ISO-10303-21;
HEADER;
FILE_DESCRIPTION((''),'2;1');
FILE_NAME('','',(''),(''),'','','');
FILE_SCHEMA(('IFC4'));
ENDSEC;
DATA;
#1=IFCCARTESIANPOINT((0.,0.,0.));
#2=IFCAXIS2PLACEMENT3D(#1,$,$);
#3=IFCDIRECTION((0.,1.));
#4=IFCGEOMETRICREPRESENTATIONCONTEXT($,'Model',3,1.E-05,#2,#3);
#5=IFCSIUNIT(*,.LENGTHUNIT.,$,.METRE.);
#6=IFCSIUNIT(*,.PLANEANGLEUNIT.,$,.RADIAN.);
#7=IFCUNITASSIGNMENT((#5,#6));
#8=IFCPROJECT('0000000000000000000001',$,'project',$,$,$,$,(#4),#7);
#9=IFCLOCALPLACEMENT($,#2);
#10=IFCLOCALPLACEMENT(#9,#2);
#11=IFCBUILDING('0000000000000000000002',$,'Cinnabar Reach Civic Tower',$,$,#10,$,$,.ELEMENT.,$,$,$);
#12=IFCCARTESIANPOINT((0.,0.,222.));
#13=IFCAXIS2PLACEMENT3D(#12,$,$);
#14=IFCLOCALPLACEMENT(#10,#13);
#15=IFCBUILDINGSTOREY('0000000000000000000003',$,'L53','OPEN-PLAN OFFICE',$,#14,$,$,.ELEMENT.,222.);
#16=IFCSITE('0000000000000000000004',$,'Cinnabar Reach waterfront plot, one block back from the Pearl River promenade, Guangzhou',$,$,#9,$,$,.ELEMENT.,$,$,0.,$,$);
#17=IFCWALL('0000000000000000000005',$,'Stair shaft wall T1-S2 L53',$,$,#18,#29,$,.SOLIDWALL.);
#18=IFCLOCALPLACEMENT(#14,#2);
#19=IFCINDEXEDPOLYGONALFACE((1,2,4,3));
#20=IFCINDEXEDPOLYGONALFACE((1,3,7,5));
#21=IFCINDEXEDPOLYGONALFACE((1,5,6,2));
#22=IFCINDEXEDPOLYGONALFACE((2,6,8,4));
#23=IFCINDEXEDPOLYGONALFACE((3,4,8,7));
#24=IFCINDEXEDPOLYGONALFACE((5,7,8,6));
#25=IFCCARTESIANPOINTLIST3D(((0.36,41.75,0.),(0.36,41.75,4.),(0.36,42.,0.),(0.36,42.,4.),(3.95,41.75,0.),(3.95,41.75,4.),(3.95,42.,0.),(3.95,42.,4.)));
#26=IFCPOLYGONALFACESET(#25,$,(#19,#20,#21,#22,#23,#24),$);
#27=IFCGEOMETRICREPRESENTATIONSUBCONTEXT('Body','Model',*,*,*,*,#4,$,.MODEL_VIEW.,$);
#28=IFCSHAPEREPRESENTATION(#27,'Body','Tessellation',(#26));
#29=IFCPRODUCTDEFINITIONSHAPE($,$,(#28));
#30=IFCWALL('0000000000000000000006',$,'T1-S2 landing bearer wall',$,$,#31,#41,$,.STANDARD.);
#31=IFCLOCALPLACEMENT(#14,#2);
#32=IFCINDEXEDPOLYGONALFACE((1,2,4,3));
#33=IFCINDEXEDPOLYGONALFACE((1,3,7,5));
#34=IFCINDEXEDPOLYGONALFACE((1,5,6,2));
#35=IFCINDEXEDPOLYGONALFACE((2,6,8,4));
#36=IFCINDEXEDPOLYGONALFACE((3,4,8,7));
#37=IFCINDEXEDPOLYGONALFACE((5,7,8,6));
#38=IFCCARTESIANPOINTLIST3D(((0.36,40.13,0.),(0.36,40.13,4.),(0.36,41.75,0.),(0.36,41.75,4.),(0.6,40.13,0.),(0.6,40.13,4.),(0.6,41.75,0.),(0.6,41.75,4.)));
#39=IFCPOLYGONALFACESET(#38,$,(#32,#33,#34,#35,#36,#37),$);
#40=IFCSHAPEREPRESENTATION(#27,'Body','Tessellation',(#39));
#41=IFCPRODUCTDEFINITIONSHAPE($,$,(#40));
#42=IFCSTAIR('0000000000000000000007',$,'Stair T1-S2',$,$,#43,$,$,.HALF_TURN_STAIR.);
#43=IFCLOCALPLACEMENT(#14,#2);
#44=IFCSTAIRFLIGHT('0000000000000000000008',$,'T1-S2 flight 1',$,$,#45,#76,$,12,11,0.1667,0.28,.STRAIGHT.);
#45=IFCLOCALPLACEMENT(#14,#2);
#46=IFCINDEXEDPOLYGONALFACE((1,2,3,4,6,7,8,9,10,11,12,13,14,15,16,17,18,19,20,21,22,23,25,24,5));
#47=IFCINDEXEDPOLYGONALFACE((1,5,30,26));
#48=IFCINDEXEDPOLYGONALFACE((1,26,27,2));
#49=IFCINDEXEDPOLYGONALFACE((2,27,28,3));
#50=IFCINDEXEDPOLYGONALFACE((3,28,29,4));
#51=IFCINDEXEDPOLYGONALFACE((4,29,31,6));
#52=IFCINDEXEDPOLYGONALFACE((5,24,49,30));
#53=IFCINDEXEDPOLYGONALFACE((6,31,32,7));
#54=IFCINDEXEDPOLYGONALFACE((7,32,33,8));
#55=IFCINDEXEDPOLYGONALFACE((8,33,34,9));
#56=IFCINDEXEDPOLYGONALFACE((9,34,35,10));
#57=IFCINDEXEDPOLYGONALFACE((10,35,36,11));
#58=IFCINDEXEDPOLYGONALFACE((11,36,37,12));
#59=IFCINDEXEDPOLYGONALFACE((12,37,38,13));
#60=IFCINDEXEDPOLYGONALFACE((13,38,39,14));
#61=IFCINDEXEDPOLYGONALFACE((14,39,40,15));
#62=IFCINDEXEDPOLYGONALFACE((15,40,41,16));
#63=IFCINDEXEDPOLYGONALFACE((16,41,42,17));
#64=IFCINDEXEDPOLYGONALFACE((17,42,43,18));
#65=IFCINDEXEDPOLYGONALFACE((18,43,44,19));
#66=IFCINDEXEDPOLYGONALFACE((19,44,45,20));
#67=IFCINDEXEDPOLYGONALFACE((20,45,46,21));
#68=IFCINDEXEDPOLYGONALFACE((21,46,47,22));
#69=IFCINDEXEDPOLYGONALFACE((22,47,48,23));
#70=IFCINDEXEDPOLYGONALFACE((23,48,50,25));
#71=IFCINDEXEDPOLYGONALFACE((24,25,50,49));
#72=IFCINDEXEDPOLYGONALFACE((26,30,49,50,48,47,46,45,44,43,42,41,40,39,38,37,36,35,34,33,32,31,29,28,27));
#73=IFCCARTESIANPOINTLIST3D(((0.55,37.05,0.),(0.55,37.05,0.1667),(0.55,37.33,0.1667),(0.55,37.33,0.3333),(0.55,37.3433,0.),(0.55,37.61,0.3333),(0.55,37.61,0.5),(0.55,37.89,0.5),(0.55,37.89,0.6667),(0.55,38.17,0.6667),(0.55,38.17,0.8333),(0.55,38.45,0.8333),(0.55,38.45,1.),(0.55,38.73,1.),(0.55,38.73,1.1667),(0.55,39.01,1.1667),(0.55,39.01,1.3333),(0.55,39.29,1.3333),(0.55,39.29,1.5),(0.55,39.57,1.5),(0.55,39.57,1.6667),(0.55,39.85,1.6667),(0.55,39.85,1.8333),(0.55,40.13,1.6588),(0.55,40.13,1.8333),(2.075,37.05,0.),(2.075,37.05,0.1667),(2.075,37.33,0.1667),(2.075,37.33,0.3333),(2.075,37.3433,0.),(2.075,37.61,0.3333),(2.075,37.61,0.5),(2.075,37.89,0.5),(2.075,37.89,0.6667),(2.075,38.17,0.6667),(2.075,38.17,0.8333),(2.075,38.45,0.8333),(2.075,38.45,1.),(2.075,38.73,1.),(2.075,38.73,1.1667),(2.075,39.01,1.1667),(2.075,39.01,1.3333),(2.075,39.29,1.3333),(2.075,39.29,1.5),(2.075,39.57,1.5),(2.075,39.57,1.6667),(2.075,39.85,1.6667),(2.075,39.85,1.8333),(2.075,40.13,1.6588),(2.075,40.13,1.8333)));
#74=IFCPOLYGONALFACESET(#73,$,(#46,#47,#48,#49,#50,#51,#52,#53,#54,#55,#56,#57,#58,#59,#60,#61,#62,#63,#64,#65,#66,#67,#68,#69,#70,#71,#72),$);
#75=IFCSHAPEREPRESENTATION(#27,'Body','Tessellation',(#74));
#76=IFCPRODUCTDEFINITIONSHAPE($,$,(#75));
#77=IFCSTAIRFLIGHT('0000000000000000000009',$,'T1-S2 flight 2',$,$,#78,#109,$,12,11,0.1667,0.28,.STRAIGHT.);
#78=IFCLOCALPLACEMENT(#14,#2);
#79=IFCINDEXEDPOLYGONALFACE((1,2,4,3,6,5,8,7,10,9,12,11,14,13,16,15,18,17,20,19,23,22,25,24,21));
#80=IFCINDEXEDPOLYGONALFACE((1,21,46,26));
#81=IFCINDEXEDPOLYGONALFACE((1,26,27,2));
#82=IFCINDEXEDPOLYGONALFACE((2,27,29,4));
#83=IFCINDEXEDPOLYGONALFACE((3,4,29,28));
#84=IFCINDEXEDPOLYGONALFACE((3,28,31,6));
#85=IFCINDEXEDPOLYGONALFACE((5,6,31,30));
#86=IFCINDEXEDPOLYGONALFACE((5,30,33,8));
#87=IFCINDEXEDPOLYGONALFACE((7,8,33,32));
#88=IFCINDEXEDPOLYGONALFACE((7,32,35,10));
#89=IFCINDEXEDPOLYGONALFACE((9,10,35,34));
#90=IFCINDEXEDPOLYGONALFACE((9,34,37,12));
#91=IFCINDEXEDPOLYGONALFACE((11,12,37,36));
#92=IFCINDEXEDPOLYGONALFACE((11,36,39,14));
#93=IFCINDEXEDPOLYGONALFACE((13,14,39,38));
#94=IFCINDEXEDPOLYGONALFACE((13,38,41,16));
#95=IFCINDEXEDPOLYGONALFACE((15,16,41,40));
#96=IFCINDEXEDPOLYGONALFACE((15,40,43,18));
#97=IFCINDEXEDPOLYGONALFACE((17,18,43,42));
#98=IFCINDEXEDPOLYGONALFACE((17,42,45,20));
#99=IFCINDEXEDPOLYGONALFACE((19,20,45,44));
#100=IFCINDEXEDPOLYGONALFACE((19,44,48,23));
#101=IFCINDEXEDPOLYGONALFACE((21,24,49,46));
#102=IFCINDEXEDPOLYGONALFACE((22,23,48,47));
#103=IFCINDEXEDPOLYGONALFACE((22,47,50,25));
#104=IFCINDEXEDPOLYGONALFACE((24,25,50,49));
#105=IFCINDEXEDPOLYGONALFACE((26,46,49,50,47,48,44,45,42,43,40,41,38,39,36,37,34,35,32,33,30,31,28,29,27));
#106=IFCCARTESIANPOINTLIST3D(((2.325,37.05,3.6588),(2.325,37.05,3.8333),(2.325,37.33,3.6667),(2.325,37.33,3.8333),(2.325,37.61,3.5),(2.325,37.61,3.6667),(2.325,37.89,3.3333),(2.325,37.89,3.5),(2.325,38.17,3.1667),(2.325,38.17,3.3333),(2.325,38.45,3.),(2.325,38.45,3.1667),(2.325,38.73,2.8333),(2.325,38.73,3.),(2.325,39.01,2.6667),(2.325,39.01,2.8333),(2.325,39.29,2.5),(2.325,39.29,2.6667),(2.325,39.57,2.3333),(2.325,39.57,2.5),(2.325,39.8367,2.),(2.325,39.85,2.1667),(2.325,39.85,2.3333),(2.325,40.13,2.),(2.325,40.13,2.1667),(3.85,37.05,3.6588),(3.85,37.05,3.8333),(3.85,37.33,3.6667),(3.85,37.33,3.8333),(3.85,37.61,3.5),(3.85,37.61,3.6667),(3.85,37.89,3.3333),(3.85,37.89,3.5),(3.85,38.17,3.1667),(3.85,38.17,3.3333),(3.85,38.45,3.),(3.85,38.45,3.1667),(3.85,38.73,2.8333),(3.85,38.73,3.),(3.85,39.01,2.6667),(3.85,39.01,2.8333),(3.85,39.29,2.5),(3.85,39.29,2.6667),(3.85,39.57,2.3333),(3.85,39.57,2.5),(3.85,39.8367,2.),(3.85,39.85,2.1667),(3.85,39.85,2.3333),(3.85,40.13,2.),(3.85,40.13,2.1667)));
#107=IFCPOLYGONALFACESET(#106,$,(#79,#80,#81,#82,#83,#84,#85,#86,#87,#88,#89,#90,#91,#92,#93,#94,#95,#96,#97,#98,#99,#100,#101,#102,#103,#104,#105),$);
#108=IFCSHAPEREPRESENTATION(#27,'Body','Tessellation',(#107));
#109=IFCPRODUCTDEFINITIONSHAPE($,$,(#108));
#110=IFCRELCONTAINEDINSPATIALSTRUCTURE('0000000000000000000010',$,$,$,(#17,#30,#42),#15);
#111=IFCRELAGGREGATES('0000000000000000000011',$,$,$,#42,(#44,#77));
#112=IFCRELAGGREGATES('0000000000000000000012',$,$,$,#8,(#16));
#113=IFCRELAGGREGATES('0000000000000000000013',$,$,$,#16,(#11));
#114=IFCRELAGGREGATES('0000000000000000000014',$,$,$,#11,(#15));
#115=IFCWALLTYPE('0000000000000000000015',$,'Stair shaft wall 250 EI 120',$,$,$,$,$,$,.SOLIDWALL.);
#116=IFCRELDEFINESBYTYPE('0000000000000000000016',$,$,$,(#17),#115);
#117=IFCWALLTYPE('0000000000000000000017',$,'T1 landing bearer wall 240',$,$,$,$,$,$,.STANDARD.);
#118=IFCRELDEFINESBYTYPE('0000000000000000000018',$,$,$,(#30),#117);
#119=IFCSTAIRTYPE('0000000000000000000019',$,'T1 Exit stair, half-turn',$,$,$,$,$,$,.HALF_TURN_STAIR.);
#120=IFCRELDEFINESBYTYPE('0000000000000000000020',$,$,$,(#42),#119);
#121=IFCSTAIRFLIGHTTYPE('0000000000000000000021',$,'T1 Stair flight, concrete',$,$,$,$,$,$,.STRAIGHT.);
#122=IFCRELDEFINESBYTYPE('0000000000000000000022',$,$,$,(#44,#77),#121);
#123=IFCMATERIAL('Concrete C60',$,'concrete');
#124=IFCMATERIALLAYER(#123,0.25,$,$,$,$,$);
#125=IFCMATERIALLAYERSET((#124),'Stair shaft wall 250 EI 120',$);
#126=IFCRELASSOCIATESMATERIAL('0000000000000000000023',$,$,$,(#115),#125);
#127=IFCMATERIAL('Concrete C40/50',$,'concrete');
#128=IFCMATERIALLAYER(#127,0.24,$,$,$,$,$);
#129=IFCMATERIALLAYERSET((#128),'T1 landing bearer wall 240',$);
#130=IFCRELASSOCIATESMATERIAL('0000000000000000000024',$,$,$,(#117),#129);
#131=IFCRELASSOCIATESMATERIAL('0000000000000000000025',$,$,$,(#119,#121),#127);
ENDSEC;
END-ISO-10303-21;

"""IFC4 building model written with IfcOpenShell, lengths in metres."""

from ifc_helpers import new_model, si_unit, direction, frame, frame_2d, origin, place, context, subcontext, project, spatial, polyline, rectangle, outline, extrude, material, layer, layer_set, type_object, element, aggregate, save


model = new_model("IFC4")

# Units and contexts
model_context = context("Model", 3, precision=1e-05, world=origin(), true_north=direction((0.0, 1.0)))
body_context = subcontext(model_context, "Body", "Model", "MODEL_VIEW")
ifc_project = project(units=[si_unit("LENGTHUNIT", "METRE"), si_unit("PLANEANGLEUNIT", "RADIAN")], contexts=[model_context])

# Site, building, storey
site_placement = place(None, origin())
site = spatial("IfcSite", under=ifc_project, at=site_placement, Name="Cinnabar Reach waterfront plot, one block back from the Pearl River promenade, Guangzhou", CompositionType="ELEMENT", RefElevation=0.0)
building_placement = place(site_placement, origin())
building = spatial("IfcBuilding", under=site, at=building_placement, Name="Cinnabar Reach Civic Tower", CompositionType="ELEMENT")
storey_placement = place(building_placement, frame((0.0, 0.0, 222.0)))
storey = spatial("IfcBuildingStorey", under=building, at=storey_placement, Name="L53", Description="OPEN-PLAN OFFICE", CompositionType="ELEMENT", Elevation=222.0)

# Shared definitions
ifc_material_1 = material(Name="Concrete C60", Category="concrete")

# Shared definitions
ifc_layer_1 = layer(ifc_material_1, 0.25)
ifc_layer_set_1 = layer_set([ifc_layer_1], Name="Stair shaft wall 250 EI 120")
wall_type_1 = type_object("IfcWallType", Name="Stair shaft wall 250 EI 120", PredefinedType="SOLIDWALL", material=ifc_layer_set_1)

# Walls
wall_1_placement = place(storey_placement, frame((3.95, 41.875, 0.0), z_axis=(0.0, 0.0, 1.0), x_axis=(-1.0, 0.0, 0.0)))
element("IfcWall", 1, at=wall_1_placement, inside=storey, type_object=wall_type_1, Name="Stair shaft wall T1-S2 L53", PredefinedType="SOLIDWALL", context=body_context, shape_type="SweptSolid", body=[
    extrude(rectangle(XDim=3.59, YDim=0.25, at=frame_2d((1.795, 0.0))), origin(), (0.0, 0.0, 1.0), 4.0),
])
ifc_material_2 = material(Name="Concrete C40/50", Category="concrete")
ifc_layer_2 = layer(ifc_material_2, 0.24)
ifc_layer_set_2 = layer_set([ifc_layer_2], Name="T1 landing bearer wall 240")
wall_type_2 = type_object("IfcWallType", Name="T1 landing bearer wall 240", PredefinedType="STANDARD", material=ifc_layer_set_2)
wall_2_placement = place(storey_placement, frame((0.48, 40.13, 0.0), z_axis=(0.0, 0.0, 1.0), x_axis=(0.0, 1.0, 0.0)))
element("IfcWall", 2, at=wall_2_placement, inside=storey, type_object=wall_type_2, Name="T1-S2 landing bearer wall", PredefinedType="STANDARD", context=body_context, shape_type="SweptSolid", body=[
    extrude(rectangle(XDim=1.62, YDim=0.24, at=frame_2d((0.81, 0.0))), origin(), (0.0, 0.0, 1.0), 4.0),
])

# Stair, stair flights
stair_type = type_object("IfcStairType", Name="T1 Exit stair, half-turn", PredefinedType="HALF_TURN_STAIR", material=ifc_material_2)
stair_placement = place(storey_placement, origin())
stair = element("IfcStair", 3, at=stair_placement, inside=storey, type_object=stair_type, Name="Stair T1-S2", PredefinedType="HALF_TURN_STAIR")
stair_flight_type = type_object("IfcStairFlightType", Name="T1 Stair flight, concrete", PredefinedType="STRAIGHT", material=ifc_material_2)
stair_flight_1_placement = place(storey_placement, frame((1.3125, 37.05, 0.0), z_axis=(0.0, 0.0, 1.0), x_axis=(0.0, 1.0, 0.0)))
stair_flight_1 = element("IfcStairFlight", 4, at=stair_flight_1_placement, type_object=stair_flight_type, Name="T1-S2 flight 1", NumberOfRisers=12, NumberOfTreads=11, PredefinedType="STRAIGHT", RiserHeight=0.1667, TreadLength=0.28, context=body_context, shape_type="SweptSolid", body=[
    extrude(outline(polyline([(0.0, 0.0), (0.0, 0.1667), (0.28, 0.1667), (0.28, 0.3333), (0.56, 0.3333), (0.56, 0.5), (0.84, 0.5), (0.84, 0.6667), (1.12, 0.6667), (1.12, 0.8333), (1.4, 0.8333), (1.4, 1.0), (1.68, 1.0), (1.68, 1.1667), (1.96, 1.1667), (1.96, 1.3333), (2.24, 1.3333), (2.24, 1.5), (2.52, 1.5), (2.52, 1.6667), (2.8, 1.6667), (2.8, 1.8333), (3.08, 1.8333), (3.08, 2.0), (3.08, 1.6588), (0.2933, 0.0), (0.0, 0.0)])), frame((0.0, 0.7625, 0.0), z_axis=(0.0, -1.0, 0.0), x_axis=(1.0, 0.0, 0.0)), (0.0, 0.0, 1.0), 1.525),
])
stair_flight_2_placement = place(storey_placement, frame((3.0875, 40.13, 2.0), z_axis=(0.0, 0.0, 1.0), x_axis=(0.0, -1.0, 0.0)))
stair_flight_2 = element("IfcStairFlight", 5, at=stair_flight_2_placement, type_object=stair_flight_type, Name="T1-S2 flight 2", NumberOfRisers=12, NumberOfTreads=11, PredefinedType="STRAIGHT", RiserHeight=0.1667, TreadLength=0.28, context=body_context, shape_type="SweptSolid", body=[
    extrude(outline(polyline([(0.0, 0.0), (0.0, 0.1667), (0.28, 0.1667), (0.28, 0.3333), (0.56, 0.3333), (0.56, 0.5), (0.84, 0.5), (0.84, 0.6667), (1.12, 0.6667), (1.12, 0.8333), (1.4, 0.8333), (1.4, 1.0), (1.68, 1.0), (1.68, 1.1667), (1.96, 1.1667), (1.96, 1.3333), (2.24, 1.3333), (2.24, 1.5), (2.52, 1.5), (2.52, 1.6667), (2.8, 1.6667), (2.8, 1.8333), (3.08, 1.8333), (3.08, 2.0), (3.08, 1.6588), (0.2933, 0.0), (0.0, 0.0)])), frame((0.0, 0.7625, 0.0), z_axis=(0.0, -1.0, 0.0), x_axis=(1.0, 0.0, 0.0)), (0.0, 0.0, 1.0), 1.525),
])
aggregate(stair, [stair_flight_1, stair_flight_2])

save(model, "model.ifc")
